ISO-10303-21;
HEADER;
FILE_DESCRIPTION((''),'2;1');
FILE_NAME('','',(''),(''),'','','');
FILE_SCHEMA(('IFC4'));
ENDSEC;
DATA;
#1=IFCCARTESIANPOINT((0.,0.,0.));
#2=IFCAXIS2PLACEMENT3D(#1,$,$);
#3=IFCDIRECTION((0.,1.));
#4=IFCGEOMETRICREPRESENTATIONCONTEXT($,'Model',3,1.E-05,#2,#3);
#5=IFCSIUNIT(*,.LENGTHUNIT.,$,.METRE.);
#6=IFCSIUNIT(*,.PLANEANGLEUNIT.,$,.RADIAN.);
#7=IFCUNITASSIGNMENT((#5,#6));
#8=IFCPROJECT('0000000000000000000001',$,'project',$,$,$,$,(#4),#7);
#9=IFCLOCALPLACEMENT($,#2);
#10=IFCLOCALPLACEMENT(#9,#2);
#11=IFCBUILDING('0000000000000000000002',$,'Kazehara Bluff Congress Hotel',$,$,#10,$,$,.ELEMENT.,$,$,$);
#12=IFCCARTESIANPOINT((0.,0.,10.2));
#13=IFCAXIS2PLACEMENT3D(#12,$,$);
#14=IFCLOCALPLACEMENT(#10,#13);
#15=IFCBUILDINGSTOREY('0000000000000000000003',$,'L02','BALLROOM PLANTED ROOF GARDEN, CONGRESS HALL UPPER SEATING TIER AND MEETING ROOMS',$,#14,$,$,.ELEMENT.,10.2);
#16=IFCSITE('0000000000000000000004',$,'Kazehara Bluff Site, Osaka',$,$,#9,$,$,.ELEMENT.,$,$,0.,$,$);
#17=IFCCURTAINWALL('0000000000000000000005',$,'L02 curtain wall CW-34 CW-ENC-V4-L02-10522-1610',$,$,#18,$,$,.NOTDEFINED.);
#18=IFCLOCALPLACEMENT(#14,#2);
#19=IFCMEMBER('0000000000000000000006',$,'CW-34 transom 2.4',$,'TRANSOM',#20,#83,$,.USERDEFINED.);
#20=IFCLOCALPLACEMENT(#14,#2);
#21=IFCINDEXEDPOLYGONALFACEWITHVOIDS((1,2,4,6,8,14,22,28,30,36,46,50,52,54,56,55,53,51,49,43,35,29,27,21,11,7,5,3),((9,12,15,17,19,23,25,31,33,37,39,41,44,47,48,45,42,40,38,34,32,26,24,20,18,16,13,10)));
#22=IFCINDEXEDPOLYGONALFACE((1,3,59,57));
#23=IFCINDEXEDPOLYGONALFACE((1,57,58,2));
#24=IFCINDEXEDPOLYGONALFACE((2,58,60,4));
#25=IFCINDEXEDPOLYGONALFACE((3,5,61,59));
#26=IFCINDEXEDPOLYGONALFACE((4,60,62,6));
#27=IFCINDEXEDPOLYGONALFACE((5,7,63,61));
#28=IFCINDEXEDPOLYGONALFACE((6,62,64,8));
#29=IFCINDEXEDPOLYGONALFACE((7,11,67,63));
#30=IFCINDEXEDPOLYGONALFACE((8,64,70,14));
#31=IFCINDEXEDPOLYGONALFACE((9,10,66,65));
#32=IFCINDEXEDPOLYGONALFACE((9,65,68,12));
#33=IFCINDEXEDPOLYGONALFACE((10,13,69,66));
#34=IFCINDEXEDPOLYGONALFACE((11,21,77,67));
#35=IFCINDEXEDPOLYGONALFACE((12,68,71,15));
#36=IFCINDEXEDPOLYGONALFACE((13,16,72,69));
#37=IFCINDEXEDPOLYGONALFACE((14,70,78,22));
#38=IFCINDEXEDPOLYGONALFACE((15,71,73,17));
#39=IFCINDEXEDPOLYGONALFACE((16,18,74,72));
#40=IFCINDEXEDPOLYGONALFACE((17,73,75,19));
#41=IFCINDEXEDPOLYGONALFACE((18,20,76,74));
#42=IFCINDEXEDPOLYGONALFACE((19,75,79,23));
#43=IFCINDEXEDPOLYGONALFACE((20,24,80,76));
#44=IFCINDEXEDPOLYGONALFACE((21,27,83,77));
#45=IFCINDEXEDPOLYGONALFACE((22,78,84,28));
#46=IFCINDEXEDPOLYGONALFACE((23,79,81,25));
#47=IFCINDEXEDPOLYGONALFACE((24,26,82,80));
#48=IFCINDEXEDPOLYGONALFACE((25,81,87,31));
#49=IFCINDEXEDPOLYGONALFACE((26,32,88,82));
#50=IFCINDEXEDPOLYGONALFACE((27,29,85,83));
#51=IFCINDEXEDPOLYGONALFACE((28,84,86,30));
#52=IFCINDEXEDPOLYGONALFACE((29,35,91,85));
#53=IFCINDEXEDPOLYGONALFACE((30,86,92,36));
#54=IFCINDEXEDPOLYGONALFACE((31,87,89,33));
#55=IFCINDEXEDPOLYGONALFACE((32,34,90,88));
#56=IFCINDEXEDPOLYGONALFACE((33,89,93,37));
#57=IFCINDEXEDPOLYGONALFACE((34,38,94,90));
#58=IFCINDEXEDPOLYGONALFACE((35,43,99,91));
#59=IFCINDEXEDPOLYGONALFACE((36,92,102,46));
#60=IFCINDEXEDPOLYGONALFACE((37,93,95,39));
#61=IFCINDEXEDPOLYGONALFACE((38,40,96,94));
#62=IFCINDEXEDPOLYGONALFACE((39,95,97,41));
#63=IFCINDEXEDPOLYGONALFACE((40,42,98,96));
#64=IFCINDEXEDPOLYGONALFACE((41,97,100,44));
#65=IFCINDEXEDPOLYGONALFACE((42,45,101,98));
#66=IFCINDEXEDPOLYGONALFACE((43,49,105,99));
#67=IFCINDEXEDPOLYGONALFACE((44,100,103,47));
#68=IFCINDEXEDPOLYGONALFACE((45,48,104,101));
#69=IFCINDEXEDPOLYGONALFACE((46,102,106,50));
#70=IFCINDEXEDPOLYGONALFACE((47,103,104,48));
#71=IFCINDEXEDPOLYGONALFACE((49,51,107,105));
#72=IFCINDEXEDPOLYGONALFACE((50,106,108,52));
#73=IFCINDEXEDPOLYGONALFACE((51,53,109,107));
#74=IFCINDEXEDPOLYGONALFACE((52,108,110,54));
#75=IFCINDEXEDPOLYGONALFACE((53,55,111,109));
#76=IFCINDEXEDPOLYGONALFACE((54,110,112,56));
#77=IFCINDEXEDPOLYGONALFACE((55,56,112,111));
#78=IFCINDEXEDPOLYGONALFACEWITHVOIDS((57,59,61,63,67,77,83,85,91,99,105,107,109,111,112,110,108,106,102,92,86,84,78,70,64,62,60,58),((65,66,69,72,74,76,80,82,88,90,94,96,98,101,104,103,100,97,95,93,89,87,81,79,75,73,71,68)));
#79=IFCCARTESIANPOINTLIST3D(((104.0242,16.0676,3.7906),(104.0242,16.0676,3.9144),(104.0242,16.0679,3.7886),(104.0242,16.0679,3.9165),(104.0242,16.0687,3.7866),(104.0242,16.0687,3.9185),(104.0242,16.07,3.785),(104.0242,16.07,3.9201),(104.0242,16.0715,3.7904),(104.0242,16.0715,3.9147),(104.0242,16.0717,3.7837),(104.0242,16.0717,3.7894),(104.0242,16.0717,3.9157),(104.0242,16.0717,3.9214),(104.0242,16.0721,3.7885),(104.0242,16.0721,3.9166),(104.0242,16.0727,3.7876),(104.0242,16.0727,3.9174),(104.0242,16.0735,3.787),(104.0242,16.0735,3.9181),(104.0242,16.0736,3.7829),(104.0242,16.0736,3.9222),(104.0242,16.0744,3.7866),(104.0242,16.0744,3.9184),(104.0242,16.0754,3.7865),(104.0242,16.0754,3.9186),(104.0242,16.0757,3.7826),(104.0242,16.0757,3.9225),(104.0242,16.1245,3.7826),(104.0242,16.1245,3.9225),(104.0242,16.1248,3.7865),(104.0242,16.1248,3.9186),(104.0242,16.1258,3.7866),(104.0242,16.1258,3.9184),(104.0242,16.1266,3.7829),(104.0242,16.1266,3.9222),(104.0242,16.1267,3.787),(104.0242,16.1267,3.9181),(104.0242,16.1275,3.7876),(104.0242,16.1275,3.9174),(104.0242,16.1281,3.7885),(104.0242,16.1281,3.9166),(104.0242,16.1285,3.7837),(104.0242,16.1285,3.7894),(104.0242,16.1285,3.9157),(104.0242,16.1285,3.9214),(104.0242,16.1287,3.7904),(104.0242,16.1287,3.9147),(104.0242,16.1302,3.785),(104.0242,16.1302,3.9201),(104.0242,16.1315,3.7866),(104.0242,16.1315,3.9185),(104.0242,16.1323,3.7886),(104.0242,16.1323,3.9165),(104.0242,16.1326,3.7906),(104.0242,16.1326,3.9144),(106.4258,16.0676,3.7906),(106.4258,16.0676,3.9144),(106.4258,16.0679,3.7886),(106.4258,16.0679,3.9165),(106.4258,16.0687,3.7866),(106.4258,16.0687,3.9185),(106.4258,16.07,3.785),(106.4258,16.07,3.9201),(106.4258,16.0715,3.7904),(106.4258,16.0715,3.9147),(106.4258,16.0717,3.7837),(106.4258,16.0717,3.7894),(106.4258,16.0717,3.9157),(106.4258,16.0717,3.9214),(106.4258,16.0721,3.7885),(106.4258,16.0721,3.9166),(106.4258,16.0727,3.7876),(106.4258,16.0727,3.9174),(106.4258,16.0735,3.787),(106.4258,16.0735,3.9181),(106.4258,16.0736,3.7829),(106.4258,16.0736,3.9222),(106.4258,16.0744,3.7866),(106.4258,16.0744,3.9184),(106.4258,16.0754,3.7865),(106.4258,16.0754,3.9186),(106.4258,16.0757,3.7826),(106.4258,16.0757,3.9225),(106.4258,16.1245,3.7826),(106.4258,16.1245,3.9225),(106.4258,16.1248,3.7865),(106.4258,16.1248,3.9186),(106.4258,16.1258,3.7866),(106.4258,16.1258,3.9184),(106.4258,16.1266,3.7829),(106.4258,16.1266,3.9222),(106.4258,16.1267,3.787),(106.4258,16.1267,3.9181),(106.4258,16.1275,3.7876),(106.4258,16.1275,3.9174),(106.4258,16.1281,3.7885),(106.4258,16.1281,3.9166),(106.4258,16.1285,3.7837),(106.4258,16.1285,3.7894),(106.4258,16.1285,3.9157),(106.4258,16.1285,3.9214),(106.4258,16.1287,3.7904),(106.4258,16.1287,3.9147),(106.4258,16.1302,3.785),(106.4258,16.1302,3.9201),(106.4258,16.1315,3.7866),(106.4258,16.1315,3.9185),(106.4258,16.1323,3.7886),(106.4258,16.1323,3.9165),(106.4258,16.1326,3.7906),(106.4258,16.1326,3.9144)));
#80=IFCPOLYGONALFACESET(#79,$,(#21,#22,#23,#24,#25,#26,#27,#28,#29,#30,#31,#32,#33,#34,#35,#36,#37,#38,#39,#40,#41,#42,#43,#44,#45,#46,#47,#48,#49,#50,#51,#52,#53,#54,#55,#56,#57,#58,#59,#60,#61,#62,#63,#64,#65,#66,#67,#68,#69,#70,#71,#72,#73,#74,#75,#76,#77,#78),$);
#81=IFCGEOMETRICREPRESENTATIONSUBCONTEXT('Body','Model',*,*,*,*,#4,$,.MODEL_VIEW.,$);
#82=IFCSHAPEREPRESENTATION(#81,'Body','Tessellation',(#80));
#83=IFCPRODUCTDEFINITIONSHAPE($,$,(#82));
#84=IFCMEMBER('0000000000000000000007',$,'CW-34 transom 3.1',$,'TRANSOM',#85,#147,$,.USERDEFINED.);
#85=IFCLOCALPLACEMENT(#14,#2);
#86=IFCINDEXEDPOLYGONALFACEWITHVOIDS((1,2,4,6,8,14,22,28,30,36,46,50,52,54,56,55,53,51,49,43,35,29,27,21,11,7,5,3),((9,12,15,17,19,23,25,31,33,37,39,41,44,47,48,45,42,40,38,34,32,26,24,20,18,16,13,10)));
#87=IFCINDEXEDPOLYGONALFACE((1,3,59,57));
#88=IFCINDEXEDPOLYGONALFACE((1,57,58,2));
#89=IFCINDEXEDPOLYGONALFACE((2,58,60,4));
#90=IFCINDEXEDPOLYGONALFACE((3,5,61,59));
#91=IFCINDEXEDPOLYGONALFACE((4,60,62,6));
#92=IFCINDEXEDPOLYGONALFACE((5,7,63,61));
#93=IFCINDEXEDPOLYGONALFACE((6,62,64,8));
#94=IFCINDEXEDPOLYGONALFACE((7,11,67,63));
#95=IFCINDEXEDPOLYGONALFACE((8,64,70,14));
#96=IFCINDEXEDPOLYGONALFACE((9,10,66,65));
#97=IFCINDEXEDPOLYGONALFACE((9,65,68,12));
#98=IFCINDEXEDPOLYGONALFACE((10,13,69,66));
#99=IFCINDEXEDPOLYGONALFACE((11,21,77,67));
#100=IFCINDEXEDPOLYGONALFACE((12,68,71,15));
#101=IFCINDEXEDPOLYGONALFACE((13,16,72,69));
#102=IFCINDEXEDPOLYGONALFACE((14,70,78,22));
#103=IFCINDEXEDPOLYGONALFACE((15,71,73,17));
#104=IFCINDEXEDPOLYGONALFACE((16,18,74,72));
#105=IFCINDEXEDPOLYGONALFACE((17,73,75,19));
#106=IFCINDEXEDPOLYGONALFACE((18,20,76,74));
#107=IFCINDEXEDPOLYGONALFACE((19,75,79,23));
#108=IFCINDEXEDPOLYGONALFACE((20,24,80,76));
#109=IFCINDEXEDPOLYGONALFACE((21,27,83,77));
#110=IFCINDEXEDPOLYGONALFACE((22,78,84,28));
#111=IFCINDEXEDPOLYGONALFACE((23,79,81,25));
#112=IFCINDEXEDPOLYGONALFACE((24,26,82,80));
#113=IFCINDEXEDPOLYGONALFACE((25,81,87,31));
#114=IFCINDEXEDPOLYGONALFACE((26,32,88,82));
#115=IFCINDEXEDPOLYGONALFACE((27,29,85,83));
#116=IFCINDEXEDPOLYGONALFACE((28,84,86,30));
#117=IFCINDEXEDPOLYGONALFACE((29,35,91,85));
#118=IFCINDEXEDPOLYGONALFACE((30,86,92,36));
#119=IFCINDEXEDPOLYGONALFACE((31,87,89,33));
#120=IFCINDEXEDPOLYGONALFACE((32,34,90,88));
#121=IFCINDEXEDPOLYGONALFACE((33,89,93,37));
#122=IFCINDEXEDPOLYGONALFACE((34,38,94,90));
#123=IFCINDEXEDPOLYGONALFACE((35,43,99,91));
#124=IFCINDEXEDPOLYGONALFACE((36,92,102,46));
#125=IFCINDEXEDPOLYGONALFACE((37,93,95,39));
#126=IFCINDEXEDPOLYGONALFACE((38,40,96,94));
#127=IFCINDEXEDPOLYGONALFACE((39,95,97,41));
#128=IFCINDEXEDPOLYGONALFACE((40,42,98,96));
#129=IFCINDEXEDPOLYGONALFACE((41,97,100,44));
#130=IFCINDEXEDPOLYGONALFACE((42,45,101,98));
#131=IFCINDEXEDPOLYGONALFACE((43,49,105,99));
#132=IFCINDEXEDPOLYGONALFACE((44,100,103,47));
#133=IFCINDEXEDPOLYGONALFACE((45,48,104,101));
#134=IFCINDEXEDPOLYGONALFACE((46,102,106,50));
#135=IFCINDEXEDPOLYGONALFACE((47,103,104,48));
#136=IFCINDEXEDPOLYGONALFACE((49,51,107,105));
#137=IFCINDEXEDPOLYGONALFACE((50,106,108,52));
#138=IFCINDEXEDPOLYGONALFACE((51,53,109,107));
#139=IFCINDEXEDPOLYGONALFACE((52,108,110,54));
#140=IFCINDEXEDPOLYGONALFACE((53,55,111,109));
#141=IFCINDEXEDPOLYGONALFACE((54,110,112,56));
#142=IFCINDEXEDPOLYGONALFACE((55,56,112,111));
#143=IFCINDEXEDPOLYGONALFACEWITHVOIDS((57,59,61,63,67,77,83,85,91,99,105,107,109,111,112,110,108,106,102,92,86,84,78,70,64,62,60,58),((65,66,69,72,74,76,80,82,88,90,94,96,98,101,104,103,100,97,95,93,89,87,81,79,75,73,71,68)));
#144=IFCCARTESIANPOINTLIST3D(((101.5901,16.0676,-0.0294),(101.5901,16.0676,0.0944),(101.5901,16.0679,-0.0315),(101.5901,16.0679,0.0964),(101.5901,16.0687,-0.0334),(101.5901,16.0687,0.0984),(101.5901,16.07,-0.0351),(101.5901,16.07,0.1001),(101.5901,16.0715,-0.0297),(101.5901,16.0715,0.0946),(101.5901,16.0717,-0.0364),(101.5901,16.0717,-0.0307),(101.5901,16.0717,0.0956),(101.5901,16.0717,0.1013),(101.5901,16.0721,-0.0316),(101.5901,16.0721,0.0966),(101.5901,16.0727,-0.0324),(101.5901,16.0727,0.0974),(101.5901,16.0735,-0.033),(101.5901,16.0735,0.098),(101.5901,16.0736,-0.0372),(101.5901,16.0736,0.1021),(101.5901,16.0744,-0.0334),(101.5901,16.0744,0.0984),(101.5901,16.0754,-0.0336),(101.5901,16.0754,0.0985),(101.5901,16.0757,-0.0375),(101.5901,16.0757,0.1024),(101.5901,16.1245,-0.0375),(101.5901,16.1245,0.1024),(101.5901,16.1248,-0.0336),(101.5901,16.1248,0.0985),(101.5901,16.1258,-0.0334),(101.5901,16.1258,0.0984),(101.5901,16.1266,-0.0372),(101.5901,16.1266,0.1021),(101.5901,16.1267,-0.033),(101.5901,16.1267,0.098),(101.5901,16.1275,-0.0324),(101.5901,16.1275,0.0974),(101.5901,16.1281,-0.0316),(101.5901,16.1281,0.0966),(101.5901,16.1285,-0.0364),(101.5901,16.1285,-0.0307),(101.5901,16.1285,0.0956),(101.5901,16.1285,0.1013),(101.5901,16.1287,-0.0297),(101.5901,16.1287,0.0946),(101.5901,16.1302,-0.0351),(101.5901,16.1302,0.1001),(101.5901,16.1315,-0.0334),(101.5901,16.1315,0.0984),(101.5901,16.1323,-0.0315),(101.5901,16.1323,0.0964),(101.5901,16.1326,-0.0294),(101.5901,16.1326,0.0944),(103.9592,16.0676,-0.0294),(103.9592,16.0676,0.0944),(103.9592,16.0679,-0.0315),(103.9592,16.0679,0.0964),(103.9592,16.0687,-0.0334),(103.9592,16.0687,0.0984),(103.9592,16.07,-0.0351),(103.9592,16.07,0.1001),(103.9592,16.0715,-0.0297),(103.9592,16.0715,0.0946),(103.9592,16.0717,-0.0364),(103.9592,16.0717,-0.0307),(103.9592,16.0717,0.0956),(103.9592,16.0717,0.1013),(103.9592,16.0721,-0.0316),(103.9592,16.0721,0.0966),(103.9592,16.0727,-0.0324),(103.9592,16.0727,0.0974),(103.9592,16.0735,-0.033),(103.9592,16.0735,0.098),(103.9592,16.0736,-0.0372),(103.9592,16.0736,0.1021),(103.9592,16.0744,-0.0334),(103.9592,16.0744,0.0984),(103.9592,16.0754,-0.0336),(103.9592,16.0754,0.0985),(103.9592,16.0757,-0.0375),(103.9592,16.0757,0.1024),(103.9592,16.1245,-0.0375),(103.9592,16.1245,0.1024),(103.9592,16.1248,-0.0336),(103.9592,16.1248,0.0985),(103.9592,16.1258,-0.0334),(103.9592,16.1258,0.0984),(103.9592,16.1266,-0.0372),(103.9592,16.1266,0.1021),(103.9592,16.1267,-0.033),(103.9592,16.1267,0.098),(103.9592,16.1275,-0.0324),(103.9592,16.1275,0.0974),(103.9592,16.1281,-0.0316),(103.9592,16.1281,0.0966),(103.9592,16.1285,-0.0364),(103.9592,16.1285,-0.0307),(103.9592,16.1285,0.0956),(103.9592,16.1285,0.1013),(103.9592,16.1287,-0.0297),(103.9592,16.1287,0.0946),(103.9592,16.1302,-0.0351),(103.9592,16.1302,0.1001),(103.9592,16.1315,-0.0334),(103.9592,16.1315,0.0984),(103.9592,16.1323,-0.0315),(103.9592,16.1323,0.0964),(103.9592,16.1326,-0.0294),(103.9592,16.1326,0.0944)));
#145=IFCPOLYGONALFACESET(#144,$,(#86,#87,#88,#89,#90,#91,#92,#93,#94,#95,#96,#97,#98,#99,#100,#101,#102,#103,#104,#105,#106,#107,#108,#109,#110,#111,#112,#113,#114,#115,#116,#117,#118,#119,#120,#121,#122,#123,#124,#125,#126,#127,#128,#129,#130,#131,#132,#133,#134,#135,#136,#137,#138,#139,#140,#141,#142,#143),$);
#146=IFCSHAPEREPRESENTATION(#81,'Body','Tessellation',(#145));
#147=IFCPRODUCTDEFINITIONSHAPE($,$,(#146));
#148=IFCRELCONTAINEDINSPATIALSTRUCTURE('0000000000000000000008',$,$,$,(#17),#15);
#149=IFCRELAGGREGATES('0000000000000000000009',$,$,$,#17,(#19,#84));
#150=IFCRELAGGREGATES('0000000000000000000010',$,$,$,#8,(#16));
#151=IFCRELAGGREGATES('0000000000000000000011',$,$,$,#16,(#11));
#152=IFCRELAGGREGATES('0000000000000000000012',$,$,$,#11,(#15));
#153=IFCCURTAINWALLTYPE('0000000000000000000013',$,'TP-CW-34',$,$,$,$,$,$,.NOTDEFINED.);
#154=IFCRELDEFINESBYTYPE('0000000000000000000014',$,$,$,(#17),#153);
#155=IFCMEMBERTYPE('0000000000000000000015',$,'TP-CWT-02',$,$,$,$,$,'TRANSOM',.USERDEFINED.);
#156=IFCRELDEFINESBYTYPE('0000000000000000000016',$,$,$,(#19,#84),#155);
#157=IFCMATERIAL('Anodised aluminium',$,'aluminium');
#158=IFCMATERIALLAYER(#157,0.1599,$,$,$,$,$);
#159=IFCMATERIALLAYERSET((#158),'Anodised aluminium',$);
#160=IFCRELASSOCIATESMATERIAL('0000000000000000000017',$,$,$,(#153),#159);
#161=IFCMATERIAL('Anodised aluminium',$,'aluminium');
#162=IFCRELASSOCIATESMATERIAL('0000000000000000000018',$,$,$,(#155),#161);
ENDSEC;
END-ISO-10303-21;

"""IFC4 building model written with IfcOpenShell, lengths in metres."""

from ifc_helpers import new_model, si_unit, direction, frame, origin, origin_2d, place, context, subcontext, project, spatial, hollow_rectangle, extrude, material, layer, layer_set, material_profile, profile_set, type_object, element, aggregate, save


model = new_model("IFC4")

# Units and contexts
model_context = context("Model", 3, precision=1e-05, world=origin(), true_north=direction((0.0, 1.0)))
body_context = subcontext(model_context, "Body", "Model", "MODEL_VIEW")
ifc_project = project(units=[si_unit("LENGTHUNIT", "METRE"), si_unit("PLANEANGLEUNIT", "RADIAN")], contexts=[model_context])

# Site, building, storey
site_placement = place(None, origin())
site = spatial("IfcSite", under=ifc_project, at=site_placement, Name="Kazehara Bluff Site, Osaka", CompositionType="ELEMENT", RefElevation=0.0)
building_placement = place(site_placement, origin())
building = spatial("IfcBuilding", under=site, at=building_placement, Name="Kazehara Bluff Congress Hotel", CompositionType="ELEMENT")
storey_placement = place(building_placement, frame((0.0, 0.0, 10.2)))
storey = spatial("IfcBuildingStorey", under=building, at=storey_placement, Name="L02", Description="BALLROOM PLANTED ROOF GARDEN, CONGRESS HALL UPPER SEATING TIER AND MEETING ROOMS", CompositionType="ELEMENT", Elevation=10.2)

# Curtain wall, members
ifc_material_1 = material(Name="Anodised aluminium", Category="aluminium")
ifc_layer_1 = layer(ifc_material_1, 0.1599)
ifc_layer_set_1 = layer_set([ifc_layer_1], Name="Anodised aluminium")
curtain_wall_type = type_object("IfcCurtainWallType", Name="TP-CW-34", PredefinedType="NOTDEFINED", material=ifc_layer_set_1)
curtain_wall_placement = place(storey_placement, origin())
curtain_wall = element("IfcCurtainWall", 1, at=curtain_wall_placement, inside=storey, type_object=curtain_wall_type, Name="L02 curtain wall CW-34 CW-ENC-V4-L02-10522-1610", PredefinedType="NOTDEFINED")
ifc_material_2 = material(Name="Anodised aluminium", Category="aluminium")
ifc_material_profile_1 = material_profile(ifc_material_2, hollow_rectangle(XDim=0.0649, YDim=0.1399, WallThickness=0.0039, InnerFilletRadius=0.0039, OuterFilletRadius=0.0081, at=origin_2d()))
ifc_profile_set_1 = profile_set([ifc_material_profile_1], Name="Anodised aluminium")
member_type_1 = type_object("IfcMemberType", Name="TP-CWT-02", ElementType="TRANSOM", PredefinedType="USERDEFINED", material=ifc_profile_set_1)
member_1_placement = place(storey_placement, frame((106.4258, 16.1001, 3.8525), z_axis=(-1.0, 0.0, 0.0), x_axis=(0.0, -1.0, 0.0)))
member_1 = element("IfcMember", 2, at=member_1_placement, type_object=member_type_1, Name="CW-34 transom 2.4", ObjectType="TRANSOM", PredefinedType="USERDEFINED", context=body_context, shape_type="SweptSolid", body=[
    extrude(hollow_rectangle(XDim=0.0649, YDim=0.1399, WallThickness=0.0039, InnerFilletRadius=0.0039, OuterFilletRadius=0.0081, at=origin_2d()), origin(), (0.0, 0.0, 1.0), 2.4016),
])
member_2_placement = place(storey_placement, frame((103.9592, 16.1001, 0.0325), z_axis=(-1.0, 0.0, 0.0), x_axis=(0.0, -1.0, 0.0)))
member_2 = element("IfcMember", 3, at=member_2_placement, type_object=member_type_1, Name="CW-34 transom 3.1", ObjectType="TRANSOM", PredefinedType="USERDEFINED", context=body_context, shape_type="SweptSolid", body=[
    extrude(hollow_rectangle(XDim=0.0649, YDim=0.1399, WallThickness=0.0039, InnerFilletRadius=0.0039, OuterFilletRadius=0.0081, at=origin_2d()), origin(), (0.0, 0.0, 1.0), 2.3691),
])

aggregate(curtain_wall, [member_1, member_2])

save(model, "model.ifc")
